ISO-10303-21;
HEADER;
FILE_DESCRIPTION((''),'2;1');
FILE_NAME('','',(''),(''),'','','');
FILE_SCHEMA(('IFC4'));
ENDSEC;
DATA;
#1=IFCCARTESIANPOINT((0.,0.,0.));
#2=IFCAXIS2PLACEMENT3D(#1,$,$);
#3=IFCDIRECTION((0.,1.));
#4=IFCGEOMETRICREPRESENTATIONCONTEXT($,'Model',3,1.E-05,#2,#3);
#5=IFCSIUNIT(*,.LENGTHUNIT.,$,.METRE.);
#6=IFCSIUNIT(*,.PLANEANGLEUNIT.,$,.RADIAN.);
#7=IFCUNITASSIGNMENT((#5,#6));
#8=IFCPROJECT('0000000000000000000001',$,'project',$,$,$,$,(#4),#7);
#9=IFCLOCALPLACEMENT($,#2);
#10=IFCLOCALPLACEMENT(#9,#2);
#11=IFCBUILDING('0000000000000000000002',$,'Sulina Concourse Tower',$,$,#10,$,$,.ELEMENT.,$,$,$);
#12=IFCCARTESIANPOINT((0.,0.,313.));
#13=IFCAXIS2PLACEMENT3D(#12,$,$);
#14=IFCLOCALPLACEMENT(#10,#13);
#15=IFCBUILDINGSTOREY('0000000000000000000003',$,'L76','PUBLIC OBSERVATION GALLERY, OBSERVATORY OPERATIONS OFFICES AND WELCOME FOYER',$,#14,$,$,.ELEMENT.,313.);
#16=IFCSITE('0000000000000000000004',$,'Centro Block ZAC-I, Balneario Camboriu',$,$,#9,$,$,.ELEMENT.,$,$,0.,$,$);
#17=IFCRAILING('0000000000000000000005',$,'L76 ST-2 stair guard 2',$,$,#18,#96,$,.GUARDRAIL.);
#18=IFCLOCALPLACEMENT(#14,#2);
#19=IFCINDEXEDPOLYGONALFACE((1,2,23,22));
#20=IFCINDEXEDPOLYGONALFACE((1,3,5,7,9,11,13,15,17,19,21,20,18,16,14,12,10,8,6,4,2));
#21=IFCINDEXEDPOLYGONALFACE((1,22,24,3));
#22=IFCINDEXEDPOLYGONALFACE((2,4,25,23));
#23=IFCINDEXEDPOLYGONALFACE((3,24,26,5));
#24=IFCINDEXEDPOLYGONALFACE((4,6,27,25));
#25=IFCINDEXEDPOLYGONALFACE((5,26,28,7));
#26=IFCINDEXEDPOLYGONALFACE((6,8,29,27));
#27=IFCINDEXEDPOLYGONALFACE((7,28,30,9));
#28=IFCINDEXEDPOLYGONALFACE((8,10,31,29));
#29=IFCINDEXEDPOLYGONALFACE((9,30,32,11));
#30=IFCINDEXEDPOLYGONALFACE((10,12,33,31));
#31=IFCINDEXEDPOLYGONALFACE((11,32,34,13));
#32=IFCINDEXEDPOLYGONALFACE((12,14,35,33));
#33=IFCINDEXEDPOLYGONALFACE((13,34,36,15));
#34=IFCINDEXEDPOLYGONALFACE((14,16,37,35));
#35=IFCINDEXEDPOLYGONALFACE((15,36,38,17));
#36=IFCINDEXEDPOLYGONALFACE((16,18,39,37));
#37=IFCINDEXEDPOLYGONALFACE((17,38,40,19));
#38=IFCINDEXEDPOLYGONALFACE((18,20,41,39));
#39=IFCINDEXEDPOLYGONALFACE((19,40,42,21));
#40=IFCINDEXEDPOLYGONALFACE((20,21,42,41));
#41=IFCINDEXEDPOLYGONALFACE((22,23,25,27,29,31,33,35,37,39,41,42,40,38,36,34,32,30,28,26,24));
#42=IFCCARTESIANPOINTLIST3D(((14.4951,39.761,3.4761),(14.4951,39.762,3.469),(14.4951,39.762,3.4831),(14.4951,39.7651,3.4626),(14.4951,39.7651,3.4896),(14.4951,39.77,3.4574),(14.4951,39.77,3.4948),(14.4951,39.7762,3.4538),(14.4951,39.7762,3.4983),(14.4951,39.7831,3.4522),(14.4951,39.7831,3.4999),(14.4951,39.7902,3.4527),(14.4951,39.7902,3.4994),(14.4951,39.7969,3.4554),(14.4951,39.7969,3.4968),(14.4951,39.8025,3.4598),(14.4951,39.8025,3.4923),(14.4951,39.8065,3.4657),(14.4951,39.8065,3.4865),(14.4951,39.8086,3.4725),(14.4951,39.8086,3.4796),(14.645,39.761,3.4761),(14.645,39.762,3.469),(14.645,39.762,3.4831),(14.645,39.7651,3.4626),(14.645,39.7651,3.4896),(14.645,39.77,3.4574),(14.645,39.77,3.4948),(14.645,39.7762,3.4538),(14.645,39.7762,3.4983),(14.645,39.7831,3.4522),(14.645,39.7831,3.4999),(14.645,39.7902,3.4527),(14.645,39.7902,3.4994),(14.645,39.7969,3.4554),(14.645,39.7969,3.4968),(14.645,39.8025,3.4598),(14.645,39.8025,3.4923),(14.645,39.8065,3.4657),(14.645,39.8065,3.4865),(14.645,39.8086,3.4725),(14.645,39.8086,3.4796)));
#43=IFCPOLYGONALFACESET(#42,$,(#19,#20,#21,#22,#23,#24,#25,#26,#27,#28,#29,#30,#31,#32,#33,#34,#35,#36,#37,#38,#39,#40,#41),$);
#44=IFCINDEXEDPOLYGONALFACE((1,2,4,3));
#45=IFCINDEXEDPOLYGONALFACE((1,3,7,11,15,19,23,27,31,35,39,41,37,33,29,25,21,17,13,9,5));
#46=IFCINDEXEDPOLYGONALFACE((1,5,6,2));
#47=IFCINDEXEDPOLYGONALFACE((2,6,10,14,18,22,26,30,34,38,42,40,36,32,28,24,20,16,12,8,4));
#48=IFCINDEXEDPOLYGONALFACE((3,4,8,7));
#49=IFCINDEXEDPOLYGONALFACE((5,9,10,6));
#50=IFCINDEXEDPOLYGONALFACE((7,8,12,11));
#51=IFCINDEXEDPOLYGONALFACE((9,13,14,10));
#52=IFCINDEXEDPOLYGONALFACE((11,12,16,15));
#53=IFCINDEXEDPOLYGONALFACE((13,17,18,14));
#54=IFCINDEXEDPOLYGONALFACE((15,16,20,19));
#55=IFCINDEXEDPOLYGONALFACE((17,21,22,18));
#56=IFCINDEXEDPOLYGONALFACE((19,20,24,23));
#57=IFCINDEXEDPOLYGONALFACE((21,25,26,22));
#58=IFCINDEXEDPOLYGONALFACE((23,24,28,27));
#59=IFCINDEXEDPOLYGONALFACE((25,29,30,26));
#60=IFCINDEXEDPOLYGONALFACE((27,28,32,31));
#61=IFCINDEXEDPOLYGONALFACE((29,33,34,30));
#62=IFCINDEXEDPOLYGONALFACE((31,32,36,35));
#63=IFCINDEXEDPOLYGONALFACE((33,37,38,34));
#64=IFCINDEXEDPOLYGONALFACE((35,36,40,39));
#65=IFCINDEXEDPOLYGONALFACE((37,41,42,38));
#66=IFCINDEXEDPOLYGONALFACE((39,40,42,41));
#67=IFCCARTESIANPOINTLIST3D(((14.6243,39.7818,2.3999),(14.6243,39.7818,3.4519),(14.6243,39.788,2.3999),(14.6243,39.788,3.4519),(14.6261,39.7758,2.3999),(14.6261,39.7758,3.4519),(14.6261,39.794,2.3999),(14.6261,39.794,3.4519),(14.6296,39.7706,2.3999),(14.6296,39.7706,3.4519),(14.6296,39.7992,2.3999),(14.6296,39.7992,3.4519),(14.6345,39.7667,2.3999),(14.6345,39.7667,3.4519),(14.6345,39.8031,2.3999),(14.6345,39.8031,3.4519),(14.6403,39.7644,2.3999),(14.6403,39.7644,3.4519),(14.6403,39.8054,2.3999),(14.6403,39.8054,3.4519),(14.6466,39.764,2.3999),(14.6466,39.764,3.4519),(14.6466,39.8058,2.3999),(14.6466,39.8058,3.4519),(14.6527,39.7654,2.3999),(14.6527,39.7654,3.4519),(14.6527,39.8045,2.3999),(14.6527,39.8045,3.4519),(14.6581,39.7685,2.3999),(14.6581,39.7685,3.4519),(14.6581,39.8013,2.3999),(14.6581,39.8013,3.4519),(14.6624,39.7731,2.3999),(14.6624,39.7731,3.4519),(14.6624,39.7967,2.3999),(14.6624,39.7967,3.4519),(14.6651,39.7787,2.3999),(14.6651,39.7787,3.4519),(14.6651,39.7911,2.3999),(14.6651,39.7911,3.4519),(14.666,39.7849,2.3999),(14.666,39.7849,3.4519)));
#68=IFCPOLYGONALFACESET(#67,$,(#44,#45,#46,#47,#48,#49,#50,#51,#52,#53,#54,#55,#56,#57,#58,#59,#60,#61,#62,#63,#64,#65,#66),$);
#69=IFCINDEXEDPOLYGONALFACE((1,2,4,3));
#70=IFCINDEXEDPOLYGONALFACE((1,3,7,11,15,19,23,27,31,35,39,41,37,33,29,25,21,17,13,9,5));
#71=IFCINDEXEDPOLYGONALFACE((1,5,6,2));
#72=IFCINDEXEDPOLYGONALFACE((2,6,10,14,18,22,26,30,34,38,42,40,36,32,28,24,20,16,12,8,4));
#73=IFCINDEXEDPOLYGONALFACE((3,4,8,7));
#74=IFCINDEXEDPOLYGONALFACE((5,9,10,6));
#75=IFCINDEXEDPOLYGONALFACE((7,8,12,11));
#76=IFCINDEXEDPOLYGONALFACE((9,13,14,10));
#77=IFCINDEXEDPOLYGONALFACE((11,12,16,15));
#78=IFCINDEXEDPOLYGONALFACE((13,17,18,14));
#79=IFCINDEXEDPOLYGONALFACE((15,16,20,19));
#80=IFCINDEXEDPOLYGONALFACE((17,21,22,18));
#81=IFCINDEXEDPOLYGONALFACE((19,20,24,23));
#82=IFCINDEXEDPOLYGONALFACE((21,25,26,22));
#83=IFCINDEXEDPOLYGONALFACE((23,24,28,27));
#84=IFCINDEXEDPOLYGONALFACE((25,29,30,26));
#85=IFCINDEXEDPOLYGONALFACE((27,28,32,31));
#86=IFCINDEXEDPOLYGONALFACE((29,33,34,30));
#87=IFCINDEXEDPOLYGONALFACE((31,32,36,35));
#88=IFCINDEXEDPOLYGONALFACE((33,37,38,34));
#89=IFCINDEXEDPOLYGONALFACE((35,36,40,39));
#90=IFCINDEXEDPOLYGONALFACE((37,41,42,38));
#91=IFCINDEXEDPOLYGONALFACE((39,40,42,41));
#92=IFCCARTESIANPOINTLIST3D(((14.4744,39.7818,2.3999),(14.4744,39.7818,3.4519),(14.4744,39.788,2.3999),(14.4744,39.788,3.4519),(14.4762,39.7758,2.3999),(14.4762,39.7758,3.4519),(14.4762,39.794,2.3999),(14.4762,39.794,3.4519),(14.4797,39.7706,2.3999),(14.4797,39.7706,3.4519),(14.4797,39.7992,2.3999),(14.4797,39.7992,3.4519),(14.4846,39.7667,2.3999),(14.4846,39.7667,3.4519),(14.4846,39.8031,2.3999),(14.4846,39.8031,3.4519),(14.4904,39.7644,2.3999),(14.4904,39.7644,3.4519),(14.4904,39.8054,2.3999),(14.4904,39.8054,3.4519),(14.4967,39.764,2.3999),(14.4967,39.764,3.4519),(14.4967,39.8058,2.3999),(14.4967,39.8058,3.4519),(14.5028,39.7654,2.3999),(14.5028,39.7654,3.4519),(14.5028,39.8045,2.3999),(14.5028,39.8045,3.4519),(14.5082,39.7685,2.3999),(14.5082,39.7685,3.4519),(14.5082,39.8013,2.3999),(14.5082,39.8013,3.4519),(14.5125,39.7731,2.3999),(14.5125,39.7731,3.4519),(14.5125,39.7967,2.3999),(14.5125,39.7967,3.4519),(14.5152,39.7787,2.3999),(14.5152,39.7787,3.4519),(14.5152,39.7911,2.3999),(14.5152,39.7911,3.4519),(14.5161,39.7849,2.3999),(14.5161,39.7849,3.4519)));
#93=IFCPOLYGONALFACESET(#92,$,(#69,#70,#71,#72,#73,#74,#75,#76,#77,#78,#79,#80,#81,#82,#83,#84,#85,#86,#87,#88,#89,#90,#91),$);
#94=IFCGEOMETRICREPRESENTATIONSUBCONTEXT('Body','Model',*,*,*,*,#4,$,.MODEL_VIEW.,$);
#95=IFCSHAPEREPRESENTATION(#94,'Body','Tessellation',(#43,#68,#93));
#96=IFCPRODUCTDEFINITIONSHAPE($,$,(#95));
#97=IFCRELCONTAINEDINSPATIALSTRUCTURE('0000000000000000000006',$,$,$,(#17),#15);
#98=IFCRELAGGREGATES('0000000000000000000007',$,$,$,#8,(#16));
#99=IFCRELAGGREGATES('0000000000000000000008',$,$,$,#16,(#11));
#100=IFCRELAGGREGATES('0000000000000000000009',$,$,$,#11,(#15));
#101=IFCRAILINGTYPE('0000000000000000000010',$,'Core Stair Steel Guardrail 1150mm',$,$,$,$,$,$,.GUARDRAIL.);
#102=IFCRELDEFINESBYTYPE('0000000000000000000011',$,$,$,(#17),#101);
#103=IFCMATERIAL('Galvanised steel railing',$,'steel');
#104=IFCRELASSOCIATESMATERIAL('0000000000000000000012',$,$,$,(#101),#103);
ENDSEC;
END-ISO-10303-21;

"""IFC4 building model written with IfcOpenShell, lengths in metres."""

from ifc_helpers import new_model, si_unit, direction, frame, origin, origin_2d, place, context, subcontext, project, spatial, circle, extrude, material, type_object, element, save


model = new_model("IFC4")

# Units and contexts
model_context = context("Model", 3, precision=1e-05, world=origin(), true_north=direction((0.0, 1.0)))
body_context = subcontext(model_context, "Body", "Model", "MODEL_VIEW")
ifc_project = project(units=[si_unit("LENGTHUNIT", "METRE"), si_unit("PLANEANGLEUNIT", "RADIAN")], contexts=[model_context])

# Site, building, storey
site_placement = place(None, origin())
site = spatial("IfcSite", under=ifc_project, at=site_placement, Name="Centro Block ZAC-I, Balneario Camboriu", CompositionType="ELEMENT", RefElevation=0.0)
building_placement = place(site_placement, origin())
building = spatial("IfcBuilding", under=site, at=building_placement, Name="Sulina Concourse Tower", CompositionType="ELEMENT")
storey_placement = place(building_placement, frame((0.0, 0.0, 313.0)))
storey = spatial("IfcBuildingStorey", under=building, at=storey_placement, Name="L76", Description="PUBLIC OBSERVATION GALLERY, OBSERVATORY OPERATIONS OFFICES AND WELCOME FOYER", CompositionType="ELEMENT", Elevation=313.0)

# Railing
ifc_material_1 = material(Name="Galvanised steel railing", Category="steel")
railing_type_1 = type_object("IfcRailingType", Name="Core Stair Steel Guardrail 1150mm", PredefinedType="GUARDRAIL", material=ifc_material_1)
railing_1_placement = place(storey_placement, frame((14.645, 39.7849, 2.3999)))
element("IfcRailing", 1, at=railing_1_placement, inside=storey, type_object=railing_type_1, Name="L76 ST-2 stair guard 2", PredefinedType="GUARDRAIL", context=body_context, shape_type="SweptSolid", body=[
    extrude(circle(Radius=0.0239, at=origin_2d()), frame((0.0, 0.0, 1.0762), z_axis=(-1.0, 0.0, 0.0), x_axis=(0.0, -1.0, 0.0)), (0.0, 0.0, 1.0), 0.1499),
    extrude(circle(Radius=0.021, at=origin_2d()), origin(), (0.0, 0.0, 1.0), 1.052),
    extrude(circle(Radius=0.021, at=origin_2d()), frame((-0.1499, 0.0, 0.0)), (0.0, 0.0, 1.0), 1.052),
])

save(model, "model.ifc")
